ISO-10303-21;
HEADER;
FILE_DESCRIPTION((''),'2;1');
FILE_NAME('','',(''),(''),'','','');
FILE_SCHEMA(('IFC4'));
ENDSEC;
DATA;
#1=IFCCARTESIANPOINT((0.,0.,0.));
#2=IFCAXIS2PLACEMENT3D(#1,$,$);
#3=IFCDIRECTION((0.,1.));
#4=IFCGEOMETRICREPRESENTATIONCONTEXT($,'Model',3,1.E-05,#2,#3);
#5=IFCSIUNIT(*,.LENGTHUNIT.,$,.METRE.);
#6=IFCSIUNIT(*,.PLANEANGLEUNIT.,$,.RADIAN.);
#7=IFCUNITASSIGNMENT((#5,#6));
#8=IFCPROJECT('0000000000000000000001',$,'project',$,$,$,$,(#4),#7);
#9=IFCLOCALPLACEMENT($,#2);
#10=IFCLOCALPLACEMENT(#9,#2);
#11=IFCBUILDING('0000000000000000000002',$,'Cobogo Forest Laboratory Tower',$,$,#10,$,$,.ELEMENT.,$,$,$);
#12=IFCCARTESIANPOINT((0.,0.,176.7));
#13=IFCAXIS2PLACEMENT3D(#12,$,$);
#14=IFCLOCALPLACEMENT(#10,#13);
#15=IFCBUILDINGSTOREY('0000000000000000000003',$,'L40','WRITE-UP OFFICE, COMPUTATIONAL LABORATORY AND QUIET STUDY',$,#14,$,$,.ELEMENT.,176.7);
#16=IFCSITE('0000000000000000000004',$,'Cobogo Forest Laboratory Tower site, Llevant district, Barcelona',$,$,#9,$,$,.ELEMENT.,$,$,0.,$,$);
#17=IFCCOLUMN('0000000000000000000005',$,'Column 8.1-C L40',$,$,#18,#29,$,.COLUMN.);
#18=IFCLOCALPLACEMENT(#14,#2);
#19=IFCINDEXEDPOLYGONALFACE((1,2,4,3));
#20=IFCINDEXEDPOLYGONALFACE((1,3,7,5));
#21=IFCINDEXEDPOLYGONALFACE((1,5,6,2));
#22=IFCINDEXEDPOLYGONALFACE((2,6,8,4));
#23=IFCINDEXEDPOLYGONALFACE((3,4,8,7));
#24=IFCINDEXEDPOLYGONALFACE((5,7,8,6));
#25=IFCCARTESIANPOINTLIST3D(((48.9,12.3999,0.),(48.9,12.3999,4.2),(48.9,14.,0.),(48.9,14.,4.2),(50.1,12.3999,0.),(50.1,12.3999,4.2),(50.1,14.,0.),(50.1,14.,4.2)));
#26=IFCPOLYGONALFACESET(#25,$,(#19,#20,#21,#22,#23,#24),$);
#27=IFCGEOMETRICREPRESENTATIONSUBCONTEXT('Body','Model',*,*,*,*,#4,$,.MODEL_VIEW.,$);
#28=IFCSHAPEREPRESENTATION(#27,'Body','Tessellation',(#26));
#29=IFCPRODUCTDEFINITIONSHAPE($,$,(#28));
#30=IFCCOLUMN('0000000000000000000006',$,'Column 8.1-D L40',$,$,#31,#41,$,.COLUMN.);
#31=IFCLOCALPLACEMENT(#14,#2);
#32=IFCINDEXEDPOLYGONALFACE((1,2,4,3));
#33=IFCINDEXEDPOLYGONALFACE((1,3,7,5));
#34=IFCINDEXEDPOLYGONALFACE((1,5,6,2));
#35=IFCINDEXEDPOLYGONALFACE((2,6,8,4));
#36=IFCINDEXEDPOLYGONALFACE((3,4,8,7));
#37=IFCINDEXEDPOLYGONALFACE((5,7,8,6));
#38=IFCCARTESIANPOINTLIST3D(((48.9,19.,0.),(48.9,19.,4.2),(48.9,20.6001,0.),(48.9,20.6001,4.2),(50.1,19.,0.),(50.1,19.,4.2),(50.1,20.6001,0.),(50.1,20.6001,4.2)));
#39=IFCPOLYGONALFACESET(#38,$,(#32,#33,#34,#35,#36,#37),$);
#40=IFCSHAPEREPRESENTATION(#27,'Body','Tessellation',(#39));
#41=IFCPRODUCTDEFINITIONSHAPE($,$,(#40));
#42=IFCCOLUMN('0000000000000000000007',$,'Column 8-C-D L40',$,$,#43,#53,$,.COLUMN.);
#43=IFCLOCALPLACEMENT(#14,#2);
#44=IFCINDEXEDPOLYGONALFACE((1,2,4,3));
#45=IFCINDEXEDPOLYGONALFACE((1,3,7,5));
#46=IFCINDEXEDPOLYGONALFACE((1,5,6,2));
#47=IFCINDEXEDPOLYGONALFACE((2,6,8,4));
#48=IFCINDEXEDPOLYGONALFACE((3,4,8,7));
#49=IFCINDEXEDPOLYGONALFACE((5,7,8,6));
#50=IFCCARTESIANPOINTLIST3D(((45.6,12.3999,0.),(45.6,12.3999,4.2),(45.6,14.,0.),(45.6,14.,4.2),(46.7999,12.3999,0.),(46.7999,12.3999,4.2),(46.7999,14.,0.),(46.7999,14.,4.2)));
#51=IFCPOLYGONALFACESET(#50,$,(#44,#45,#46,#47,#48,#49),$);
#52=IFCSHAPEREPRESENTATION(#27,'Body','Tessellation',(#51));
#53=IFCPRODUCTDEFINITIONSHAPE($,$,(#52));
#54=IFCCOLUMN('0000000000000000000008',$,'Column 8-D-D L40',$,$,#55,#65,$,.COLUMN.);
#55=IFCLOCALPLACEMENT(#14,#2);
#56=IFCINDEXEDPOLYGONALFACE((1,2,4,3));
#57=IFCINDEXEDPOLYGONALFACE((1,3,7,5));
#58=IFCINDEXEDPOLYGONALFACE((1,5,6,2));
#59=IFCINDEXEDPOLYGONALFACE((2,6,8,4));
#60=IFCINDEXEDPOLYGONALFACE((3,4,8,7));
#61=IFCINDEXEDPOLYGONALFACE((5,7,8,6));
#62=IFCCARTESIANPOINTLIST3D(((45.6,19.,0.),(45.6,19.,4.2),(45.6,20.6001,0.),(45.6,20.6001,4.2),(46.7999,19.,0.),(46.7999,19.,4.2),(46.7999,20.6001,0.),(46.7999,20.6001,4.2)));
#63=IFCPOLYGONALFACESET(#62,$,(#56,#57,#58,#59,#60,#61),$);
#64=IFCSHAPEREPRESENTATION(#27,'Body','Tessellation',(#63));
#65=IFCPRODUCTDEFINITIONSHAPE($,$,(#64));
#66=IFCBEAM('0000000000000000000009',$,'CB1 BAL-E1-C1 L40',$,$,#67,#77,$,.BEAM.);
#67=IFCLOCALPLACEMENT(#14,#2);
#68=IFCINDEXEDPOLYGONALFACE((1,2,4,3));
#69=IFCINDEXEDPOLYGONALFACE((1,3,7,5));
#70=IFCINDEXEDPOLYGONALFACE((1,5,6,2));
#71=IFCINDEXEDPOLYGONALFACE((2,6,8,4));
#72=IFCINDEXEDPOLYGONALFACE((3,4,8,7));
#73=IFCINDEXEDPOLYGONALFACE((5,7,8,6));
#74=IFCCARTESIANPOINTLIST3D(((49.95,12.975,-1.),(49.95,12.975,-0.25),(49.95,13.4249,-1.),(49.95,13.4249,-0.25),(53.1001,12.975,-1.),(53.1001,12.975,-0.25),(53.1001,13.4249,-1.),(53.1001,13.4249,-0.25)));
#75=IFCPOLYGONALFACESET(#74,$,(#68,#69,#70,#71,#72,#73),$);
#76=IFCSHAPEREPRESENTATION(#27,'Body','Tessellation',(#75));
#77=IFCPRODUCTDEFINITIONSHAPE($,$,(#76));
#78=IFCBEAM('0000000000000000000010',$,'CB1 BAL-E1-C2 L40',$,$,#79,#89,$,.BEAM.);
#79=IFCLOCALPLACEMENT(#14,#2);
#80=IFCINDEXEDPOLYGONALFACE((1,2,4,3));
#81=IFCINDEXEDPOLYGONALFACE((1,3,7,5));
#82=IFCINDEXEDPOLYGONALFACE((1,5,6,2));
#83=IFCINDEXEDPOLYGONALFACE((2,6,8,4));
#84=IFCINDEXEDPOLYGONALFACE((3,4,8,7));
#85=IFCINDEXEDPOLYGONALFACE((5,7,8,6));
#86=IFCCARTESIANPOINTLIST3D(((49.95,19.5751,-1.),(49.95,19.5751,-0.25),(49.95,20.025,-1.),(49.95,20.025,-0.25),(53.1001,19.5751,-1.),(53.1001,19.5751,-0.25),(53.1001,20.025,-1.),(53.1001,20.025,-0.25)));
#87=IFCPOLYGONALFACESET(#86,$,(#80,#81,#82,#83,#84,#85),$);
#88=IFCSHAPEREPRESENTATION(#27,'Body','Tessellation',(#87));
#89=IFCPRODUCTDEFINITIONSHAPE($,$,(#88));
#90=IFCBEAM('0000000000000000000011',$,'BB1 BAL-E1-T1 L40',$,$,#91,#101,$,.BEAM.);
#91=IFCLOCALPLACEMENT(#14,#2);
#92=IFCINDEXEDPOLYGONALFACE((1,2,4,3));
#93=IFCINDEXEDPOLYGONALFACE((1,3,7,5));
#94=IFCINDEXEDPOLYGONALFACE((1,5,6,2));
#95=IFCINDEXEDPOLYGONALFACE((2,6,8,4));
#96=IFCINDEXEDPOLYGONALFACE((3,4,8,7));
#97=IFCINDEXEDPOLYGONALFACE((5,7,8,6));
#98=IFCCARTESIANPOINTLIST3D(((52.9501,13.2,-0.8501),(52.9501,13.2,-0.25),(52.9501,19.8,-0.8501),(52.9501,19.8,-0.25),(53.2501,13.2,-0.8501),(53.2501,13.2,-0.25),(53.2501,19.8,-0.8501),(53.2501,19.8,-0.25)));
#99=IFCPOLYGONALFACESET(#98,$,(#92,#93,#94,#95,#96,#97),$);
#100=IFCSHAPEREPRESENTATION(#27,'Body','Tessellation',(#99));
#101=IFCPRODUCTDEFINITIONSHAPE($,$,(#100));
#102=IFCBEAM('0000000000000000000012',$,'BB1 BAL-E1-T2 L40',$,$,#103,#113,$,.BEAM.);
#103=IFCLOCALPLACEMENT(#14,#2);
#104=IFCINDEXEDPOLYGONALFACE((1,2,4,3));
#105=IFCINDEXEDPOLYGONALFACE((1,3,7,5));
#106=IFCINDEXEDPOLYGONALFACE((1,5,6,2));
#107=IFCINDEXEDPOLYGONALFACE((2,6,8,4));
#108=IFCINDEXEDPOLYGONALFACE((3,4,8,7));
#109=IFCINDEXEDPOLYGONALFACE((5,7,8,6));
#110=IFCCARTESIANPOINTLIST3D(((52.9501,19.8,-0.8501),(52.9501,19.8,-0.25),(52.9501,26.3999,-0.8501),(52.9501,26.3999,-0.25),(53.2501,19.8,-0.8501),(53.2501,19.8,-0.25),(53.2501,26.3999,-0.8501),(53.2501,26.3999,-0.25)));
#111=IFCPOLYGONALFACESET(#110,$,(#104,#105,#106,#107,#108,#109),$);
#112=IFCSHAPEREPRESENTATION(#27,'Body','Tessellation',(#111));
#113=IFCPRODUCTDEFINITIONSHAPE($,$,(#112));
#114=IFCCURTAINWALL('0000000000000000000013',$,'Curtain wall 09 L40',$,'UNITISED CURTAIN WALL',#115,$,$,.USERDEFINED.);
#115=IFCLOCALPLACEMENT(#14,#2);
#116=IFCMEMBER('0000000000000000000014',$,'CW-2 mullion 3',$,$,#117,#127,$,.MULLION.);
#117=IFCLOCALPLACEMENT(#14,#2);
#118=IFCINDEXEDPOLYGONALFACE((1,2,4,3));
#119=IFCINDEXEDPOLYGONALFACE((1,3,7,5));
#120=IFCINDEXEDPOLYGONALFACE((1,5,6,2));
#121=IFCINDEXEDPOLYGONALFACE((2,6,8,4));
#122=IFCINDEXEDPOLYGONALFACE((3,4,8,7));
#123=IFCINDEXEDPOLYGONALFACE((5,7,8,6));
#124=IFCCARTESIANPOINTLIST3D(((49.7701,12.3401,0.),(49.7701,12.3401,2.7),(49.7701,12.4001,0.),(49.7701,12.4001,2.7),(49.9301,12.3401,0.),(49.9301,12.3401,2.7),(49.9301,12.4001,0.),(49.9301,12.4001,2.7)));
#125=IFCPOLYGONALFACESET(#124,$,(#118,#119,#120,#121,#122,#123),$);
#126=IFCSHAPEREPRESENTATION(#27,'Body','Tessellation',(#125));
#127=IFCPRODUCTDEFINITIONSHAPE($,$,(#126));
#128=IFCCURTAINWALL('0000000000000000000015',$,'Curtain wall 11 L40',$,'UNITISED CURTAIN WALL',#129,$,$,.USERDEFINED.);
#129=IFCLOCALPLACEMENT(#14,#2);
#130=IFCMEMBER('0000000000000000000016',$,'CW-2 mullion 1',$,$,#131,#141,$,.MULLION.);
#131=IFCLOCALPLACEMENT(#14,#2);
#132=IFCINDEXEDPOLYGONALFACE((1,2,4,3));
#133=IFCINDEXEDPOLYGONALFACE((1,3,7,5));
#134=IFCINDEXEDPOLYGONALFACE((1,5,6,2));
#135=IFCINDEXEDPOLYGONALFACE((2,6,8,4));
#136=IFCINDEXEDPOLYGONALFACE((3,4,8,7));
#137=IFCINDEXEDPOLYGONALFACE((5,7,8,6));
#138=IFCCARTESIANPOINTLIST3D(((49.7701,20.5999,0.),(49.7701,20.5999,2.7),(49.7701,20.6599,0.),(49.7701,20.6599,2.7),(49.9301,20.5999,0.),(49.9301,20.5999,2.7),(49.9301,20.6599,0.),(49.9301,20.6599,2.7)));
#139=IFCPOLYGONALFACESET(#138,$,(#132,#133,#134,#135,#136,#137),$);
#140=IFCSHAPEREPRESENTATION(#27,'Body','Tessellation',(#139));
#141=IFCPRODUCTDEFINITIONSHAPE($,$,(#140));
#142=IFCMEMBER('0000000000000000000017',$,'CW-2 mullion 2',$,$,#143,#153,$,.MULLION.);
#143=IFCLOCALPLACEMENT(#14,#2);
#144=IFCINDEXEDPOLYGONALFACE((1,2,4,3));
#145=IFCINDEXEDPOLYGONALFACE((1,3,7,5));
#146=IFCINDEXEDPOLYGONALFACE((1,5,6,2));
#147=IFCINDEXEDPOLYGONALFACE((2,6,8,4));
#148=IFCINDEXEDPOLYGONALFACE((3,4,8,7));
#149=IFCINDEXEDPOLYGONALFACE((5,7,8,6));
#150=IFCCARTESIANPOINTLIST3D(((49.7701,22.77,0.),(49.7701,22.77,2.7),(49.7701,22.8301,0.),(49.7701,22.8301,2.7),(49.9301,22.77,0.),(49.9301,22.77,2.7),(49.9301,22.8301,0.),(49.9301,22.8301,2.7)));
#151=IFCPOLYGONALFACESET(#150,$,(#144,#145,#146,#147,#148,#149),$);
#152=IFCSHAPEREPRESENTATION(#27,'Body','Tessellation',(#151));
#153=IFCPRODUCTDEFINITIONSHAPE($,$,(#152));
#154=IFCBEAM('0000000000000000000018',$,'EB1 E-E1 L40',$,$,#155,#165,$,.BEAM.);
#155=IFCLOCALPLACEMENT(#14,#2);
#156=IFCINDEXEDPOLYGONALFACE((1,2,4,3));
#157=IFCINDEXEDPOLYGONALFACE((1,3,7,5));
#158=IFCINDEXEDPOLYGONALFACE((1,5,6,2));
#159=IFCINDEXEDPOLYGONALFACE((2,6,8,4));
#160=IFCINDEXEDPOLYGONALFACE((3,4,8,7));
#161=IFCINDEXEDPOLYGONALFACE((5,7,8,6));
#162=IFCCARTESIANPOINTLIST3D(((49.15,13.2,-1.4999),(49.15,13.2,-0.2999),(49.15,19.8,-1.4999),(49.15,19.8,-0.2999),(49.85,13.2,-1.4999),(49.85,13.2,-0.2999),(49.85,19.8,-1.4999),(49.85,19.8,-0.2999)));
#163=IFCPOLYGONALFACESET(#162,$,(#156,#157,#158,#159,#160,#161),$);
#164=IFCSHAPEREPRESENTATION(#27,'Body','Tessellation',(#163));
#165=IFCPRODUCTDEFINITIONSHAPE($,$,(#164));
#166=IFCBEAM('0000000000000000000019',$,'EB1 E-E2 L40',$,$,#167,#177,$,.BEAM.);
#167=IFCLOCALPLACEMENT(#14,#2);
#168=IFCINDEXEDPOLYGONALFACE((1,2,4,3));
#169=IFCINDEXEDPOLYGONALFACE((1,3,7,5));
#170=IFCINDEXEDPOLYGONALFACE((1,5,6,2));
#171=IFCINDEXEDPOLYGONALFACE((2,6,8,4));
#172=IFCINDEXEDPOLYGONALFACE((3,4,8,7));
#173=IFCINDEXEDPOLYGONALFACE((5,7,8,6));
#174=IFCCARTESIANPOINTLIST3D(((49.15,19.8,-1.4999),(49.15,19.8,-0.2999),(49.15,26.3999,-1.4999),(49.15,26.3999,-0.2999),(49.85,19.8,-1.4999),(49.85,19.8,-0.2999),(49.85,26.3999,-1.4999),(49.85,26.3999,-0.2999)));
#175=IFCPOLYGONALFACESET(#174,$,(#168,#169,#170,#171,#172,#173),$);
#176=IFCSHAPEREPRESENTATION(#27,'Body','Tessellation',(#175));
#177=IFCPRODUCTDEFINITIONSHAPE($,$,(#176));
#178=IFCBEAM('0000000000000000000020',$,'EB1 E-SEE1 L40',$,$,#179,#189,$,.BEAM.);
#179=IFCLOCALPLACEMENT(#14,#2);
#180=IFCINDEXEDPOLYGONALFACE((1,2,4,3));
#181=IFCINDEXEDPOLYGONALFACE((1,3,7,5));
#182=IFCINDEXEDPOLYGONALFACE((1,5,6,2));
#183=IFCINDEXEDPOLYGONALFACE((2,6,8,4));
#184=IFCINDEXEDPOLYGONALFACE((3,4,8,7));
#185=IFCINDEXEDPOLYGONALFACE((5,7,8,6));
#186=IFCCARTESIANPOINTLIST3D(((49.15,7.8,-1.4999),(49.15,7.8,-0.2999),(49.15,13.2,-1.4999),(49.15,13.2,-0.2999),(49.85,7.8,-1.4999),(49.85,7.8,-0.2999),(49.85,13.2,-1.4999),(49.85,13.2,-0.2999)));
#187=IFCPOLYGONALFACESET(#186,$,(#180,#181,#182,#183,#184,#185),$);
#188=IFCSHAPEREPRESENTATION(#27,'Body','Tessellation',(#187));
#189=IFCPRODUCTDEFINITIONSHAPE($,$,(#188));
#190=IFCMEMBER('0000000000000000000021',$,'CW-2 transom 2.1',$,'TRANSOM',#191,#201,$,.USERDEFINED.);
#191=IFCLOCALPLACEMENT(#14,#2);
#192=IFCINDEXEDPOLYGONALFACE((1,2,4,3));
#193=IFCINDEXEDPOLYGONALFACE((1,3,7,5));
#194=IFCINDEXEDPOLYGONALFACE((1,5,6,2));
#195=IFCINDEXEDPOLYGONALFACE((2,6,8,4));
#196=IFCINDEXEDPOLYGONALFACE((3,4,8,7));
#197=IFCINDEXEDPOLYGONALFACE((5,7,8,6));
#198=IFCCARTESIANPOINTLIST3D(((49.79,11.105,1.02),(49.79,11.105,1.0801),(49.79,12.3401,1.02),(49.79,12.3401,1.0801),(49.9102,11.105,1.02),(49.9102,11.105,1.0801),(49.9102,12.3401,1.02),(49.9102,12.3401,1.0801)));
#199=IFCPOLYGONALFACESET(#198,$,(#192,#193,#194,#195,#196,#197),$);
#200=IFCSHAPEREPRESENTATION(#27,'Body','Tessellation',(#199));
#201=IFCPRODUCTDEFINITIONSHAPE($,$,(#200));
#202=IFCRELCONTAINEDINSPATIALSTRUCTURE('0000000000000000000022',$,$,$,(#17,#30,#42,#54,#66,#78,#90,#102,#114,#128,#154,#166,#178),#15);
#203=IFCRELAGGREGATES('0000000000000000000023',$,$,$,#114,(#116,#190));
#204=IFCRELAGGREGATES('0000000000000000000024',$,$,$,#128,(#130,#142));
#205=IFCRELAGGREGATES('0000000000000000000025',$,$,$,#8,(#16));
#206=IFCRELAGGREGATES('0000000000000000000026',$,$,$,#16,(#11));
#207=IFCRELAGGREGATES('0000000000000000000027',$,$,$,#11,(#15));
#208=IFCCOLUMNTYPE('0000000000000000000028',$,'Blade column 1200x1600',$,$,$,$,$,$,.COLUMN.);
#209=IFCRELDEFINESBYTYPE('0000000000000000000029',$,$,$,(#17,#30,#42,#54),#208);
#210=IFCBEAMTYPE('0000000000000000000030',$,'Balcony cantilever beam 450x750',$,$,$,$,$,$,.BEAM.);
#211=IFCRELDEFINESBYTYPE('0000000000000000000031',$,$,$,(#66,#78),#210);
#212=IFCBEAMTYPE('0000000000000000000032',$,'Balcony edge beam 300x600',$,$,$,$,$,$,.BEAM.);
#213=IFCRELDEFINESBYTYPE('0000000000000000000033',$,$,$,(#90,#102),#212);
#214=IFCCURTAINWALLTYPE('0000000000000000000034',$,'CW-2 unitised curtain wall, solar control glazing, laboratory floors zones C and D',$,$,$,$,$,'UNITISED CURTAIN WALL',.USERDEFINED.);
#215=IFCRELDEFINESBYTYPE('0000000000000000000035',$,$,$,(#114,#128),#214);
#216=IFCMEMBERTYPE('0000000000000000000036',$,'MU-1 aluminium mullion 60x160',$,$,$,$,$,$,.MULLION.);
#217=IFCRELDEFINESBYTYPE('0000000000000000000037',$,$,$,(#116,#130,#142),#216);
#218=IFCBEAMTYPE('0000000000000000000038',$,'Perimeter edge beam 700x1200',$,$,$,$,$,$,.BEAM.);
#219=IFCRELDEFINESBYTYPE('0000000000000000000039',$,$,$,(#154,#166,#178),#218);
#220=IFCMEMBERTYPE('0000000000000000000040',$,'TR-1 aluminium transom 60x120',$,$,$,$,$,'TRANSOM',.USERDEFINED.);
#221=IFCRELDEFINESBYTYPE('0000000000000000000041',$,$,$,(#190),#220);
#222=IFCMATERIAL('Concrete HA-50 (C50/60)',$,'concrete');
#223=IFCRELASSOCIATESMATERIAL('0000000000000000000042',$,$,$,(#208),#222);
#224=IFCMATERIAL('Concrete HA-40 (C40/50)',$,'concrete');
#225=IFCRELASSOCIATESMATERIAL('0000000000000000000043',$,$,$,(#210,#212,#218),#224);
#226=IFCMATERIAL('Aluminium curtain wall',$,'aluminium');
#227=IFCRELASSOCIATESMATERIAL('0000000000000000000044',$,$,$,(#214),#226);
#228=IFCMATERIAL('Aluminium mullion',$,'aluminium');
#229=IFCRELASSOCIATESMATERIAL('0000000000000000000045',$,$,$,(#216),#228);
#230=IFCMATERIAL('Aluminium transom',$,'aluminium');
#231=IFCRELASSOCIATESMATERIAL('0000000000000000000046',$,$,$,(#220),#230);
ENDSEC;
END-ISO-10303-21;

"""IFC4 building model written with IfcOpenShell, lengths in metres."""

from ifc_helpers import new_model, si_unit, direction, frame, origin, origin_2d, place, context, subcontext, project, spatial, rectangle, extrude, material, material_profile, profile_set, type_object, element, aggregate, save


model = new_model("IFC4")

# Units and contexts
model_context = context("Model", 3, precision=1e-05, world=origin(), true_north=direction((0.0, 1.0)))
body_context = subcontext(model_context, "Body", "Model", "MODEL_VIEW")
ifc_project = project(units=[si_unit("LENGTHUNIT", "METRE"), si_unit("PLANEANGLEUNIT", "RADIAN")], contexts=[model_context])

# Site, building, storey
site_placement = place(None, origin())
site = spatial("IfcSite", under=ifc_project, at=site_placement, Name="Cobogo Forest Laboratory Tower site, Llevant district, Barcelona", CompositionType="ELEMENT", RefElevation=0.0)
building_placement = place(site_placement, origin())
building = spatial("IfcBuilding", under=site, at=building_placement, Name="Cobogo Forest Laboratory Tower", CompositionType="ELEMENT")
storey_placement = place(building_placement, frame((0.0, 0.0, 176.7)))
storey = spatial("IfcBuildingStorey", under=building, at=storey_placement, Name="L40", Description="WRITE-UP OFFICE, COMPUTATIONAL LABORATORY AND QUIET STUDY", CompositionType="ELEMENT", Elevation=176.7)

# Columns
ifc_material_1 = material(Name="Concrete HA-50 (C50/60)", Category="concrete")
ifc_material_profile_1 = material_profile(ifc_material_1, rectangle(XDim=1.6001, YDim=1.2, at=origin_2d()), Name="RC 1200x1600")
ifc_profile_set_1 = profile_set([ifc_material_profile_1], Name="Concrete HA-50 (C50/60)")
column_type = type_object("IfcColumnType", Name="Blade column 1200x1600", PredefinedType="COLUMN", material=ifc_profile_set_1)
for number, where, z_axis, x_axis, name in (
    (1, (49.5, 13.2, 0.0), (0.0, 0.0, 1.0), (0.0, 1.0, 0.0), "Column 8.1-C L40"),
    (2, (49.5, 19.8, 0.0), (0.0, 0.0, 1.0), (0.0, 1.0, 0.0), "Column 8.1-D L40"),
    (3, (46.2, 13.2, 0.0), (0.0, 0.0, 1.0), (0.0, 1.0, 0.0), "Column 8-C-D L40"),
    (4, (46.2, 19.8, 0.0), (0.0, 0.0, 1.0), (0.0, 1.0, 0.0), "Column 8-D-D L40"),
):
    element("IfcColumn", number, at=place(storey_placement, frame(where, z_axis=z_axis, x_axis=x_axis)), inside=storey, type_object=column_type, Name=name, PredefinedType="COLUMN", context=body_context, shape_type="SweptSolid", body=[
        extrude(rectangle(XDim=1.6001, YDim=1.2, at=origin_2d()), origin(), (0.0, 0.0, 1.0), 4.2),
    ])

# Beams
ifc_material_2 = material(Name="Concrete HA-40 (C40/50)", Category="concrete")
ifc_material_profile_2 = material_profile(ifc_material_2, rectangle(XDim=0.45, YDim=0.75, at=origin_2d()), Name="RC 450x750")
ifc_profile_set_2 = profile_set([ifc_material_profile_2], Name="Concrete HA-40 (C40/50)")
beam_type_1 = type_object("IfcBeamType", Name="Balcony cantilever beam 450x750", PredefinedType="BEAM", material=ifc_profile_set_2)
for number, where, z_axis, x_axis, name in (
    (5, (49.95, 13.2, -0.625), (1.0, 0.0, 0.0), (0.0, 1.0, 0.0), "CB1 BAL-E1-C1 L40"),
    (6, (49.95, 19.8, -0.625), (1.0, 0.0, 0.0), (0.0, 1.0, 0.0), "CB1 BAL-E1-C2 L40"),
):
    element("IfcBeam", number, at=place(storey_placement, frame(where, z_axis=z_axis, x_axis=x_axis)), inside=storey, type_object=beam_type_1, Name=name, PredefinedType="BEAM", context=body_context, shape_type="SweptSolid", body=[
        extrude(rectangle(XDim=0.45, YDim=0.75, at=origin_2d()), origin(), (0.0, 0.0, 1.0), 3.1501),
    ])
ifc_material_profile_3 = material_profile(ifc_material_2, rectangle(XDim=0.3, YDim=0.6001, at=origin_2d()), Name="RC 300x600")
ifc_profile_set_3 = profile_set([ifc_material_profile_3], Name="Concrete HA-40 (C40/50)")
beam_type_2 = type_object("IfcBeamType", Name="Balcony edge beam 300x600", PredefinedType="BEAM", material=ifc_profile_set_3)
beam_1_placement = place(storey_placement, frame((53.1001, 13.2, -0.55), z_axis=(0.0, 1.0, 0.0), x_axis=(-1.0, 0.0, 0.0)))
element("IfcBeam", 7, at=beam_1_placement, inside=storey, type_object=beam_type_2, Name="BB1 BAL-E1-T1 L40", PredefinedType="BEAM", context=body_context, shape_type="SweptSolid", body=[
    extrude(rectangle(XDim=0.3, YDim=0.6001, at=origin_2d()), origin(), (0.0, 0.0, 1.0), 6.6001),
])
beam_2_placement = place(storey_placement, frame((53.1001, 19.8, -0.55), z_axis=(0.0, 1.0, 0.0), x_axis=(-1.0, 0.0, 0.0)))
element("IfcBeam", 8, at=beam_2_placement, inside=storey, type_object=beam_type_2, Name="BB1 BAL-E1-T2 L40", PredefinedType="BEAM", context=body_context, shape_type="SweptSolid", body=[
    extrude(rectangle(XDim=0.3, YDim=0.6001, at=origin_2d()), origin(), (0.0, 0.0, 1.0), 6.5999),
])

# Curtain wall, member
ifc_material_3 = material(Name="Aluminium curtain wall", Category="aluminium")
curtain_wall_type = type_object("IfcCurtainWallType", Name="CW-2 unitised curtain wall, solar control glazing, laboratory floors zones C and D", ElementType="UNITISED CURTAIN WALL", PredefinedType="USERDEFINED", material=ifc_material_3)
curtain_wall_1_placement = place(storey_placement, origin())
curtain_wall_1 = element("IfcCurtainWall", 9, at=curtain_wall_1_placement, inside=storey, type_object=curtain_wall_type, Name="Curtain wall 09 L40", ObjectType="UNITISED CURTAIN WALL", PredefinedType="USERDEFINED")
ifc_material_4 = material(Name="Aluminium mullion", Category="aluminium")
ifc_material_profile_4 = material_profile(ifc_material_4, rectangle(XDim=0.0601, YDim=0.1599, at=origin_2d()), Name="AL 60x160")
ifc_profile_set_4 = profile_set([ifc_material_profile_4], Name="Aluminium mullion")
member_type_1 = type_object("IfcMemberType", Name="MU-1 aluminium mullion 60x160", PredefinedType="MULLION", material=ifc_profile_set_4)
member_1_placement = place(storey_placement, frame((49.8501, 12.3701, 0.0), z_axis=(0.0, 0.0, 1.0), x_axis=(0.0, 1.0, 0.0)))
member_1 = element("IfcMember", 10, at=member_1_placement, type_object=member_type_1, Name="CW-2 mullion 3", PredefinedType="MULLION", context=body_context, shape_type="SweptSolid", body=[
    extrude(rectangle(XDim=0.0601, YDim=0.1599, at=origin_2d()), origin(), (0.0, 0.0, 1.0), 2.7),
])

# Curtain wall, members
curtain_wall_2_placement = place(storey_placement, origin())
curtain_wall_2 = element("IfcCurtainWall", 11, at=curtain_wall_2_placement, inside=storey, type_object=curtain_wall_type, Name="Curtain wall 11 L40", ObjectType="UNITISED CURTAIN WALL", PredefinedType="USERDEFINED")
member_2_placement = place(storey_placement, frame((49.8501, 20.6299, 0.0), z_axis=(0.0, 0.0, 1.0), x_axis=(0.0, 1.0, 0.0)))
member_2 = element("IfcMember", 12, at=member_2_placement, type_object=member_type_1, Name="CW-2 mullion 1", PredefinedType="MULLION", context=body_context, shape_type="SweptSolid", body=[
    extrude(rectangle(XDim=0.0601, YDim=0.1599, at=origin_2d()), origin(), (0.0, 0.0, 1.0), 2.7),
])
member_3_placement = place(storey_placement, frame((49.8501, 22.8, 0.0), z_axis=(0.0, 0.0, 1.0), x_axis=(0.0, 1.0, 0.0)))
member_3 = element("IfcMember", 13, at=member_3_placement, type_object=member_type_1, Name="CW-2 mullion 2", PredefinedType="MULLION", context=body_context, shape_type="SweptSolid", body=[
    extrude(rectangle(XDim=0.0601, YDim=0.1599, at=origin_2d()), origin(), (0.0, 0.0, 1.0), 2.7),
])

# Beams
ifc_material_profile_5 = material_profile(ifc_material_2, rectangle(XDim=0.7, YDim=1.2, at=origin_2d()), Name="RC 700x1200")
ifc_profile_set_5 = profile_set([ifc_material_profile_5], Name="Concrete HA-40 (C40/50)")
beam_type_3 = type_object("IfcBeamType", Name="Perimeter edge beam 700x1200", PredefinedType="BEAM", material=ifc_profile_set_5)
beam_3_placement = place(storey_placement, frame((49.5, 13.2, -0.8999), z_axis=(0.0, 1.0, 0.0), x_axis=(-1.0, 0.0, 0.0)))
element("IfcBeam", 14, at=beam_3_placement, inside=storey, type_object=beam_type_3, Name="EB1 E-E1 L40", PredefinedType="BEAM", context=body_context, shape_type="SweptSolid", body=[
    extrude(rectangle(XDim=0.7, YDim=1.2, at=origin_2d()), origin(), (0.0, 0.0, 1.0), 6.6001),
])
beam_4_placement = place(storey_placement, frame((49.5, 19.8, -0.8999), z_axis=(0.0, 1.0, 0.0), x_axis=(-1.0, 0.0, 0.0)))
element("IfcBeam", 15, at=beam_4_placement, inside=storey, type_object=beam_type_3, Name="EB1 E-E2 L40", PredefinedType="BEAM", context=body_context, shape_type="SweptSolid", body=[
    extrude(rectangle(XDim=0.7, YDim=1.2, at=origin_2d()), origin(), (0.0, 0.0, 1.0), 6.5999),
])
beam_5_placement = place(storey_placement, frame((49.5, 13.2, -0.8999), z_axis=(0.0, -1.0, 0.0), x_axis=(1.0, 0.0, 0.0)))
element("IfcBeam", 16, at=beam_5_placement, inside=storey, type_object=beam_type_3, Name="EB1 E-SEE1 L40", PredefinedType="BEAM", context=body_context, shape_type="SweptSolid", body=[
    extrude(rectangle(XDim=0.7, YDim=1.2, at=origin_2d()), origin(), (0.0, 0.0, 1.0), 5.3999),
])

# Member
ifc_material_5 = material(Name="Aluminium transom", Category="aluminium")
ifc_material_profile_6 = material_profile(ifc_material_5, rectangle(XDim=0.1201, YDim=0.0601, at=origin_2d()), Name="AL 60x120")
ifc_profile_set_6 = profile_set([ifc_material_profile_6], Name="Aluminium transom")
member_type_2 = type_object("IfcMemberType", Name="TR-1 aluminium transom 60x120", ElementType="TRANSOM", PredefinedType="USERDEFINED", material=ifc_profile_set_6)
member_4_placement = place(storey_placement, frame((49.8501, 11.105, 1.05), z_axis=(0.0, 1.0, 0.0), x_axis=(-1.0, 0.0, 0.0)))
member_4 = element("IfcMember", 17, at=member_4_placement, type_object=member_type_2, Name="CW-2 transom 2.1", ObjectType="TRANSOM", PredefinedType="USERDEFINED", context=body_context, shape_type="SweptSolid", body=[
    extrude(rectangle(XDim=0.1201, YDim=0.0601, at=origin_2d()), origin(), (0.0, 0.0, 1.0), 1.2351),
])

aggregate(curtain_wall_1, [member_1, member_4])
aggregate(curtain_wall_2, [member_2, member_3])

save(model, "model.ifc")
